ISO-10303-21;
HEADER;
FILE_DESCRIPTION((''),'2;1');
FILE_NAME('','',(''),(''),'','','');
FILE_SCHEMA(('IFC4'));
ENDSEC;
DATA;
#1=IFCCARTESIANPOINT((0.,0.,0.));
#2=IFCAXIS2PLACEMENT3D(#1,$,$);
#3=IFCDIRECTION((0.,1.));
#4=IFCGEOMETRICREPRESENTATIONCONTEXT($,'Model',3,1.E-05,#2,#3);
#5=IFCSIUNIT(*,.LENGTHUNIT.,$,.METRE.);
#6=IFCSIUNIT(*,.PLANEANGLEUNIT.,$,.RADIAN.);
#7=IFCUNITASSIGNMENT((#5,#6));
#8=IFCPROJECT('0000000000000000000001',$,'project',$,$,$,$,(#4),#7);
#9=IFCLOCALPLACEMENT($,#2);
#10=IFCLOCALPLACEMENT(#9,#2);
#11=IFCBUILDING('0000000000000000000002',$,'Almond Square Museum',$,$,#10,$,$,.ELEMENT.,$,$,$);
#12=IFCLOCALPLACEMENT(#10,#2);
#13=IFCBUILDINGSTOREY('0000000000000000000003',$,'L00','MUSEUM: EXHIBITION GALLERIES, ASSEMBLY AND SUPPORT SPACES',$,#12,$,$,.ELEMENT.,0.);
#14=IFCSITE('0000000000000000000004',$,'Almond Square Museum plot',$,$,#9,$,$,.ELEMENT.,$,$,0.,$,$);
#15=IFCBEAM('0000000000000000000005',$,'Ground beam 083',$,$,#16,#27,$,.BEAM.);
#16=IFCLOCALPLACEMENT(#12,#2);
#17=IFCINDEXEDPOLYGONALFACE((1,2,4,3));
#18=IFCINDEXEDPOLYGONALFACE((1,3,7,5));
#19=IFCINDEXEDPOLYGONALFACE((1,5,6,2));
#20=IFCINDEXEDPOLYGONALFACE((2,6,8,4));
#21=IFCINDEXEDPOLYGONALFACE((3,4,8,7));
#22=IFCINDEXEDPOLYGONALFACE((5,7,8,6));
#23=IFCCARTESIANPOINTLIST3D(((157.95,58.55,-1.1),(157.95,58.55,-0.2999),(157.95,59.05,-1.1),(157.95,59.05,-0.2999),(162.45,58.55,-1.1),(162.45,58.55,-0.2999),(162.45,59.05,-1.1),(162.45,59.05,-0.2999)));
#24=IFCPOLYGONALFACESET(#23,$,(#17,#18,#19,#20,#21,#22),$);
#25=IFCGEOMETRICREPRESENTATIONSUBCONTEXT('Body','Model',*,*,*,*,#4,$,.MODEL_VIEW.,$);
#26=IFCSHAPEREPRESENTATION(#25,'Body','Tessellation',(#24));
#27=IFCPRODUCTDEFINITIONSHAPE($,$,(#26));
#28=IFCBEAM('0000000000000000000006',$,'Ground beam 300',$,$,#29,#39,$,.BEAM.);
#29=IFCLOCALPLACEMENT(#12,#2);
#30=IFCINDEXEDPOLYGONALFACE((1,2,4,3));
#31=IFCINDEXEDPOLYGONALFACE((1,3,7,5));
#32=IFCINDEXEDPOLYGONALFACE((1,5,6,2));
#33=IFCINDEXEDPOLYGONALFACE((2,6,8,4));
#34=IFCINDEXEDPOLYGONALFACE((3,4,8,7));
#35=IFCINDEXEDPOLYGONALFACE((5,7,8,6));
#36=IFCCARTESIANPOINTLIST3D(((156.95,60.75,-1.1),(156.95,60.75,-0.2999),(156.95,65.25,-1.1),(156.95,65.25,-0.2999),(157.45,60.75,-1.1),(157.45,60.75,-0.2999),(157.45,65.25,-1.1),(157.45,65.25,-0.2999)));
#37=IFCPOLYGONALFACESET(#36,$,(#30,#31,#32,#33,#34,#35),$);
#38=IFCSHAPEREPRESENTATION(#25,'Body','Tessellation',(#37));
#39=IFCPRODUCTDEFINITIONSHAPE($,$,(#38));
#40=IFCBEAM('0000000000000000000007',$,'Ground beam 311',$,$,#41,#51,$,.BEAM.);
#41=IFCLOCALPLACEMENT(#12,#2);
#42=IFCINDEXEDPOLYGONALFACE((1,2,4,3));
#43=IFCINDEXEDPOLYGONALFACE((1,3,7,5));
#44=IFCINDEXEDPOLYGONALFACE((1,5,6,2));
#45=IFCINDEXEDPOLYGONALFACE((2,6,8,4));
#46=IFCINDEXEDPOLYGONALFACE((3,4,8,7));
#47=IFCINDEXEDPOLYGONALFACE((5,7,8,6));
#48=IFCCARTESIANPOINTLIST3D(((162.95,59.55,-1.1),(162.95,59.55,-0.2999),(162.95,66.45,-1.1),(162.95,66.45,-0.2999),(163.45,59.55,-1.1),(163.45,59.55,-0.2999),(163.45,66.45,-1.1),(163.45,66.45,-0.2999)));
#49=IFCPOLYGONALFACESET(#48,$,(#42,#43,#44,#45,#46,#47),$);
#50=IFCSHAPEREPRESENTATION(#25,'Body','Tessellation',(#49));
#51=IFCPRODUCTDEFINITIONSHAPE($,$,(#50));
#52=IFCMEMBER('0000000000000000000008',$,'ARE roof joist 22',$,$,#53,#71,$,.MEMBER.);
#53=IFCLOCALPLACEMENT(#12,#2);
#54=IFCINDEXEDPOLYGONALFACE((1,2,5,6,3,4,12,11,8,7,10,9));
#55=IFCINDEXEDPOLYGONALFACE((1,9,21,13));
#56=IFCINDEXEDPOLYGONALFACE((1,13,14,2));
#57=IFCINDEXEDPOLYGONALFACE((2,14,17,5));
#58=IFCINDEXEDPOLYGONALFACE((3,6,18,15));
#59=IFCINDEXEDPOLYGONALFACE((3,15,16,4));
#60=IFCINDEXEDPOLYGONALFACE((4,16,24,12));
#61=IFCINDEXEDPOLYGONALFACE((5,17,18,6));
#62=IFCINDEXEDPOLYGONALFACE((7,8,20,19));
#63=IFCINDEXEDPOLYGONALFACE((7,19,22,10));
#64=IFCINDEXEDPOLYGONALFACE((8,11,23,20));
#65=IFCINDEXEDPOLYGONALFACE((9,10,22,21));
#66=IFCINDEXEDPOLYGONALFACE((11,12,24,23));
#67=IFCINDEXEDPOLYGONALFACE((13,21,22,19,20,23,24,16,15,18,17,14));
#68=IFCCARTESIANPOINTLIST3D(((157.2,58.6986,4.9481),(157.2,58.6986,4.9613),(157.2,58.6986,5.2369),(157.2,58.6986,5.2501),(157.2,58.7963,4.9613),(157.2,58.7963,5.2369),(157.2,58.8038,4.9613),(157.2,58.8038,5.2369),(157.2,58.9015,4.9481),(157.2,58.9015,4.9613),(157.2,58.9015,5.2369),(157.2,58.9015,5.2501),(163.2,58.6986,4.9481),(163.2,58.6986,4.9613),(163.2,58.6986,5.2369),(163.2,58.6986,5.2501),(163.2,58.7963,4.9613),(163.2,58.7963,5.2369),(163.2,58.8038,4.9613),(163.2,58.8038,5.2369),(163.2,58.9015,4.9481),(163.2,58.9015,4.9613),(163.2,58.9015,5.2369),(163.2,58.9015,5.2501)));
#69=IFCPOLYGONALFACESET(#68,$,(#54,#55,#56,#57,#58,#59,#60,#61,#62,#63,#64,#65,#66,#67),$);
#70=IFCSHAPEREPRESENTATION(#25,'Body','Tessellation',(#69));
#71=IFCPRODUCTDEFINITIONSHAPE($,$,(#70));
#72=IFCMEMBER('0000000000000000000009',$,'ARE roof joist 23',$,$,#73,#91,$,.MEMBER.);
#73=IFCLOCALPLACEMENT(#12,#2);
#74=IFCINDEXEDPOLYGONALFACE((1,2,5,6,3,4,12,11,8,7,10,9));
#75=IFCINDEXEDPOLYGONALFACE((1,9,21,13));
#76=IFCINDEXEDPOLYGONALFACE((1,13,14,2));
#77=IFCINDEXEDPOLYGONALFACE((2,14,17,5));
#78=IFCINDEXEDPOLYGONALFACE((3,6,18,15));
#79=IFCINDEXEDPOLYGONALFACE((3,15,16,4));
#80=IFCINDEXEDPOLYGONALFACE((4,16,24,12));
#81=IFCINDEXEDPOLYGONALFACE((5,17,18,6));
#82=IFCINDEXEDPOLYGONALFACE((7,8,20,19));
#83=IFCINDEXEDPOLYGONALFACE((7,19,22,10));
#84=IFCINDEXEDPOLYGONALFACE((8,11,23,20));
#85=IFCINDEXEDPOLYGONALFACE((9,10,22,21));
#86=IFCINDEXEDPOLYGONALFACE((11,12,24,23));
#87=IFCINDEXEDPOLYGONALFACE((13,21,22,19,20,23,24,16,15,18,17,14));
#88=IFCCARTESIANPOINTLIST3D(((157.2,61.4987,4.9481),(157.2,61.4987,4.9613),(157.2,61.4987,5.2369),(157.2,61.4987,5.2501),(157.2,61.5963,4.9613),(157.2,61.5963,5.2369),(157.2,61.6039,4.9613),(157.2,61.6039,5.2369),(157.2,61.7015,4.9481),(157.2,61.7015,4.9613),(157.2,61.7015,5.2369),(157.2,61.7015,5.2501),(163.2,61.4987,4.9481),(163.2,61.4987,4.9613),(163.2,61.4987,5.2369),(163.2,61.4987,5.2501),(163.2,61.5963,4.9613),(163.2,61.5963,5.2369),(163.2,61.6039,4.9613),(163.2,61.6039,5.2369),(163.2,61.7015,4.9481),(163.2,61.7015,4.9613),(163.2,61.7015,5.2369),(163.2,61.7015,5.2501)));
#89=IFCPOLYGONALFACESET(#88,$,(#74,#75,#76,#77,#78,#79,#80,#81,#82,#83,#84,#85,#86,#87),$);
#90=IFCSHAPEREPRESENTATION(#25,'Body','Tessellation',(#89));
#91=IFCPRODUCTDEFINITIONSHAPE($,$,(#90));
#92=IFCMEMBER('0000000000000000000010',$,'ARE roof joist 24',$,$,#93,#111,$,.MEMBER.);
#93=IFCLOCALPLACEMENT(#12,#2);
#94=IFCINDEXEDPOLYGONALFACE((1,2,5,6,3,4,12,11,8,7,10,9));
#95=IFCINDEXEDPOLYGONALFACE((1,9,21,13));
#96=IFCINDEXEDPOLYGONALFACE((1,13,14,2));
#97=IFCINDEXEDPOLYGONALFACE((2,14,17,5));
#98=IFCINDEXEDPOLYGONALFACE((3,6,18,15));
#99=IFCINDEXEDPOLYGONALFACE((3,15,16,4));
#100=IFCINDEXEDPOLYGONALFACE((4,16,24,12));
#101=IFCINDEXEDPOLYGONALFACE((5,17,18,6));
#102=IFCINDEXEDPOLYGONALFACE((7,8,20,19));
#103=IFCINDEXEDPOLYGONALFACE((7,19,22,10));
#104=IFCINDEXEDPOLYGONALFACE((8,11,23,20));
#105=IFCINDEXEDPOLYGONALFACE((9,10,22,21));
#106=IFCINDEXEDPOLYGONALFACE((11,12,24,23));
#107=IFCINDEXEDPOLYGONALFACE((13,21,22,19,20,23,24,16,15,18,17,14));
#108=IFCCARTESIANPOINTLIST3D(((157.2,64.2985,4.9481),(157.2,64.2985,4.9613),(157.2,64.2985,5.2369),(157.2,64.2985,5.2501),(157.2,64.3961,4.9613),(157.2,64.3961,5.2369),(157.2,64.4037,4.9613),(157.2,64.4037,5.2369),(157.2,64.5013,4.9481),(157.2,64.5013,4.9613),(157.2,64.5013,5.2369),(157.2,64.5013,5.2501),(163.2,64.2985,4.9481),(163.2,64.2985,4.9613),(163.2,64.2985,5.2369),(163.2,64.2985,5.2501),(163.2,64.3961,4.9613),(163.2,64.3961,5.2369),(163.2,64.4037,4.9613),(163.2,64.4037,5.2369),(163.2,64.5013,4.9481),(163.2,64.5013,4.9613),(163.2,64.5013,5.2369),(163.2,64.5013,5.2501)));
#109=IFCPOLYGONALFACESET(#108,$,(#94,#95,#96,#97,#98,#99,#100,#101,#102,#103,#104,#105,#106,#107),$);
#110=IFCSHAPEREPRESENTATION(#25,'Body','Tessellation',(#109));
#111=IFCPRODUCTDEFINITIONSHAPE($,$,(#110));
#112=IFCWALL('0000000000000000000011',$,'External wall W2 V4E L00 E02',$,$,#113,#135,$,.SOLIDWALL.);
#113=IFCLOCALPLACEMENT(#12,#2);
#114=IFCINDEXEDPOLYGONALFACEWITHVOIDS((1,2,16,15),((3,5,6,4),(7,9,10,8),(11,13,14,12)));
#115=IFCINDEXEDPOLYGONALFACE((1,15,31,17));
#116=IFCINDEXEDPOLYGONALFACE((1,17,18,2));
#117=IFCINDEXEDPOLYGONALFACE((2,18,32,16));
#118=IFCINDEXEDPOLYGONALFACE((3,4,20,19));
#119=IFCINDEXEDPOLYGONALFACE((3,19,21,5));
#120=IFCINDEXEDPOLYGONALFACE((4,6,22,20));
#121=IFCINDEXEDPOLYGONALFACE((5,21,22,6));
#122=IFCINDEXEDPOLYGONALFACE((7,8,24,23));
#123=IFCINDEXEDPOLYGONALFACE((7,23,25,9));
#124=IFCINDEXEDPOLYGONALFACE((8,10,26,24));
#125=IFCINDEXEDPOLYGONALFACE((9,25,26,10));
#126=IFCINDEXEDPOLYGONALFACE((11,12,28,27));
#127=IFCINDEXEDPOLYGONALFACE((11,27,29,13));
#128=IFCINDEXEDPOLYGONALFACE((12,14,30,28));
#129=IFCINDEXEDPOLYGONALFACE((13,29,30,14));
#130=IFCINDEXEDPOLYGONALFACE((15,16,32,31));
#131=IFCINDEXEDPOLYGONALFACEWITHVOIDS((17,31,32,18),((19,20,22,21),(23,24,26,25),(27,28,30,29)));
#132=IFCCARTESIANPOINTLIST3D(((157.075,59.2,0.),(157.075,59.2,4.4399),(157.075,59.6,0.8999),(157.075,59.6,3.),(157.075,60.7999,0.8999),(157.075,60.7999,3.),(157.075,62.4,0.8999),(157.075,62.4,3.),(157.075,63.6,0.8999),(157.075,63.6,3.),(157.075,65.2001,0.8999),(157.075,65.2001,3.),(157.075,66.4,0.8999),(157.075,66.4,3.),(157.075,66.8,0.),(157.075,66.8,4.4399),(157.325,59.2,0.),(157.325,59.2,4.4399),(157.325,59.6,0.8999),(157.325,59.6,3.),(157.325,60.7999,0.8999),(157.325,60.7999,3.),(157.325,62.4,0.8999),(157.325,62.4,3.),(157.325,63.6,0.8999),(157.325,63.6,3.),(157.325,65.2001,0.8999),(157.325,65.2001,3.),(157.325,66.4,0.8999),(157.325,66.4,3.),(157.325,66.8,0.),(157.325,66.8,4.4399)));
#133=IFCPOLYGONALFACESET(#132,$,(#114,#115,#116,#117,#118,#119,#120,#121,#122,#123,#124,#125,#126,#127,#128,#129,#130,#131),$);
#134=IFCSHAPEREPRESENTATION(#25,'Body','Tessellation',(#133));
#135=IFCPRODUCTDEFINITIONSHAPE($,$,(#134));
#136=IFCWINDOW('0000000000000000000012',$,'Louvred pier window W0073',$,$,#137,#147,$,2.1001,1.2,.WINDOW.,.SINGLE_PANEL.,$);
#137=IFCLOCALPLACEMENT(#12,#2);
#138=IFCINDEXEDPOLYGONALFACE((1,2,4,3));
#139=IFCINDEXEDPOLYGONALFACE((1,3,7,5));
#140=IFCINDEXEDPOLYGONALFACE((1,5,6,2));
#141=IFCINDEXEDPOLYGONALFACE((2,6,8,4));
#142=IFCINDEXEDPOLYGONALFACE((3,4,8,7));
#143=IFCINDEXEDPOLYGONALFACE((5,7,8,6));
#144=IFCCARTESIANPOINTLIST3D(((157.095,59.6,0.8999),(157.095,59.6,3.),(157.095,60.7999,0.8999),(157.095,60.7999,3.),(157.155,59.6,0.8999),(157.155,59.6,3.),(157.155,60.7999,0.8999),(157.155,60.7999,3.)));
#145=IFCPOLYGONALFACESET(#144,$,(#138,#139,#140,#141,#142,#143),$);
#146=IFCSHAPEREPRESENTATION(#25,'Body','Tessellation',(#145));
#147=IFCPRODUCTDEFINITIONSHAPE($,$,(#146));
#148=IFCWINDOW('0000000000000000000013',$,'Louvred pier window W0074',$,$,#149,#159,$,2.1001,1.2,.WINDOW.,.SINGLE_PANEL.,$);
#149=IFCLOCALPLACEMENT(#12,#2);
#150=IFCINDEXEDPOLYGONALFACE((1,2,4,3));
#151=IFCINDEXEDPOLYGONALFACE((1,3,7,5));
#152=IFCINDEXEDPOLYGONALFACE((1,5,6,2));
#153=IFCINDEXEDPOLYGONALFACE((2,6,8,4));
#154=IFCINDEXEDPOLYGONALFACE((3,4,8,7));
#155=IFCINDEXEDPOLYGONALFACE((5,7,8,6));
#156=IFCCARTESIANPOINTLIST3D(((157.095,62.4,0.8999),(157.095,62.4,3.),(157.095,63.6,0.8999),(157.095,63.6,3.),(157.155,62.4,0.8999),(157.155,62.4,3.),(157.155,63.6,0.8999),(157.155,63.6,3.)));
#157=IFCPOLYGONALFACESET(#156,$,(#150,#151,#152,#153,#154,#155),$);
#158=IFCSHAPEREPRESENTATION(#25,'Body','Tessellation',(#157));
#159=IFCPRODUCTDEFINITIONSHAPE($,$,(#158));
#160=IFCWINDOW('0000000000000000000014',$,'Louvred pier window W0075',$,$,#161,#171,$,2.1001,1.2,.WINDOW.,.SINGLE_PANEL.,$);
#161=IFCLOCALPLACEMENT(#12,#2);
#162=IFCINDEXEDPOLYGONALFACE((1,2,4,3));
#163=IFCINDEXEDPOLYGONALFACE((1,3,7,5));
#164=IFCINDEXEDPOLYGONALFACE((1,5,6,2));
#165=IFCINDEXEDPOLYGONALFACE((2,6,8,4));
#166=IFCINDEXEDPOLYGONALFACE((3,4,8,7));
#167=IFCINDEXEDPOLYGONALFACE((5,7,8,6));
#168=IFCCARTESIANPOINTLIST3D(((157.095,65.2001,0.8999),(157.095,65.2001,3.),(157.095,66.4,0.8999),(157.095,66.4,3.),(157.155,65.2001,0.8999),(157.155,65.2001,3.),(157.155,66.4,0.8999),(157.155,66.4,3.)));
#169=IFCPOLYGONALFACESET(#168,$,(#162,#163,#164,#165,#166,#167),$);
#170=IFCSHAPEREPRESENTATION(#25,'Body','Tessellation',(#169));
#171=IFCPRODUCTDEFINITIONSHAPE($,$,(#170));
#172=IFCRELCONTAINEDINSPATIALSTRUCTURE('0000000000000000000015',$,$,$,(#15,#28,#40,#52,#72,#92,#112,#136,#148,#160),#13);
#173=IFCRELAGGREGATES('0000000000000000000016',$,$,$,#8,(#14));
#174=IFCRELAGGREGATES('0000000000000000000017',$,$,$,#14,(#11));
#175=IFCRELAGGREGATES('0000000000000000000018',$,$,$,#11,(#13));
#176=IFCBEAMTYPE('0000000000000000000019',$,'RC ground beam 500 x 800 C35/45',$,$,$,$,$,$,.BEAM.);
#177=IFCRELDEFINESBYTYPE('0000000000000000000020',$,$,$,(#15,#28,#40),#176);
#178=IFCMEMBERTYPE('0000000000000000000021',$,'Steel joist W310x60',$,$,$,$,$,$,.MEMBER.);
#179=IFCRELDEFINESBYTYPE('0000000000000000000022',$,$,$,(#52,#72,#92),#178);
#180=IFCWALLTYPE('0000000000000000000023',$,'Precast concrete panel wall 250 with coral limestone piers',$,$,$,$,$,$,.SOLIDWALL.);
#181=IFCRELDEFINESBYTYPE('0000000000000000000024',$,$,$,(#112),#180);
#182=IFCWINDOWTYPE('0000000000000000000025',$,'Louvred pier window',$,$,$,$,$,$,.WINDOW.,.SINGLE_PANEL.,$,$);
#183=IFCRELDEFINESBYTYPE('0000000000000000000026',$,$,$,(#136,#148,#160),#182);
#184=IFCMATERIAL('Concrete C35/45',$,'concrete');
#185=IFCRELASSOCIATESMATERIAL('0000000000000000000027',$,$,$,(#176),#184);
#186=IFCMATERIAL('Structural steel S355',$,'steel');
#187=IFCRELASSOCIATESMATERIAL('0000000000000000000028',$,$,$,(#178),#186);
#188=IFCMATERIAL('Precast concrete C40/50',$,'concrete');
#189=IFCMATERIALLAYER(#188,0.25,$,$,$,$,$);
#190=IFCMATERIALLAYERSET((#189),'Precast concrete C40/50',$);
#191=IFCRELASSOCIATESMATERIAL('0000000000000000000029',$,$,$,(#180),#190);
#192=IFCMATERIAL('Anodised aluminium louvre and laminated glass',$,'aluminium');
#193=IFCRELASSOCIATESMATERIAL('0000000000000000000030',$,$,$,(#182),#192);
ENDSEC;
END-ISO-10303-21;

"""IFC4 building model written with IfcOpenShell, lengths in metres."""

from ifc_helpers import new_model, si_unit, direction, frame, frame_2d, origin, origin_2d, place, context, subcontext, project, spatial, rectangle, i_section, extrude, material, layer, layer_set, material_profile, profile_set, type_object, element, fill, save


model = new_model("IFC4")

# Units and contexts
model_context = context("Model", 3, precision=1e-05, world=origin(), true_north=direction((0.0, 1.0)))
body_context = subcontext(model_context, "Body", "Model", "MODEL_VIEW")
ifc_project = project(units=[si_unit("LENGTHUNIT", "METRE"), si_unit("PLANEANGLEUNIT", "RADIAN")], contexts=[model_context])

# Site, building, storey
site_placement = place(None, origin())
site = spatial("IfcSite", under=ifc_project, at=site_placement, Name="Almond Square Museum plot", CompositionType="ELEMENT", RefElevation=0.0)
building_placement = place(site_placement, origin())
building = spatial("IfcBuilding", under=site, at=building_placement, Name="Almond Square Museum", CompositionType="ELEMENT")
storey_placement = place(building_placement, origin())
storey = spatial("IfcBuildingStorey", under=building, at=storey_placement, Name="L00", Description="MUSEUM: EXHIBITION GALLERIES, ASSEMBLY AND SUPPORT SPACES", CompositionType="ELEMENT", Elevation=0.0)

# Beams
ifc_material_1 = material(Name="Concrete C35/45", Category="concrete")
ifc_material_profile_1 = material_profile(ifc_material_1, rectangle(XDim=0.5, YDim=0.8, at=origin_2d()))
ifc_profile_set_1 = profile_set([ifc_material_profile_1], Name="Concrete C35/45")
beam_type_1 = type_object("IfcBeamType", Name="RC ground beam 500 x 800 C35/45", PredefinedType="BEAM", material=ifc_profile_set_1)
for number, where, z_axis, x_axis, name in (
    (1, (157.95, 58.8, -0.7), (1.0, 0.0, 0.0), (0.0, 1.0, 0.0), "Ground beam 083"),
    (2, (157.2, 60.75, -0.7), (0.0, 1.0, 0.0), (-1.0, 0.0, 0.0), "Ground beam 300"),
):
    element("IfcBeam", number, at=place(storey_placement, frame(where, z_axis=z_axis, x_axis=x_axis)), inside=storey, type_object=beam_type_1, Name=name, PredefinedType="BEAM", context=body_context, shape_type="SweptSolid", body=[
        extrude(rectangle(XDim=0.5, YDim=0.8, at=origin_2d()), origin(), (0.0, 0.0, 1.0), 4.5),
    ])
beam_1_placement = place(storey_placement, frame((163.2, 59.55, -0.7), z_axis=(0.0, 1.0, 0.0), x_axis=(-1.0, 0.0, 0.0)))
element("IfcBeam", 3, at=beam_1_placement, inside=storey, type_object=beam_type_1, Name="Ground beam 311", PredefinedType="BEAM", context=body_context, shape_type="SweptSolid", body=[
    extrude(rectangle(XDim=0.5, YDim=0.8, at=origin_2d()), origin(), (0.0, 0.0, 1.0), 6.8999),
])

# Members
ifc_material_2 = material(Name="Structural steel S355", Category="steel")
ifc_material_profile_2 = material_profile(ifc_material_2, i_section(OverallWidth=0.2029, OverallDepth=0.302, WebThickness=0.0076, FlangeThickness=0.0132, at=origin_2d()))
ifc_profile_set_2 = profile_set([ifc_material_profile_2], Name="Structural steel S355")
member_type = type_object("IfcMemberType", Name="Steel joist W310x60", PredefinedType="MEMBER", material=ifc_profile_set_2)
for number, where, z_axis, x_axis, name in (
    (4, (157.2, 58.8, 5.0991), (1.0, 0.0, 0.0), (0.0, 1.0, 0.0), "ARE roof joist 22"),
    (5, (157.2, 61.6001, 5.0991), (1.0, 0.0, 0.0), (0.0, 1.0, 0.0), "ARE roof joist 23"),
    (6, (157.2, 64.3999, 5.0991), (1.0, 0.0, 0.0), (0.0, 1.0, 0.0), "ARE roof joist 24"),
):
    element("IfcMember", number, at=place(storey_placement, frame(where, z_axis=z_axis, x_axis=x_axis)), inside=storey, type_object=member_type, Name=name, PredefinedType="MEMBER", context=body_context, shape_type="SweptSolid", body=[
        extrude(i_section(OverallWidth=0.2029, OverallDepth=0.302, WebThickness=0.0076, FlangeThickness=0.0132, at=origin_2d()), origin(), (0.0, 0.0, 1.0), 6.0),
    ])

# Wall, openings, windows
ifc_material_3 = material(Name="Precast concrete C40/50", Category="concrete")
ifc_layer_1 = layer(ifc_material_3, 0.25)
ifc_layer_set_1 = layer_set([ifc_layer_1], Name="Precast concrete C40/50")
wall_type_1 = type_object("IfcWallType", Name="Precast concrete panel wall 250 with coral limestone piers", PredefinedType="SOLIDWALL", material=ifc_layer_set_1)
wall_1_placement = place(storey_placement, frame((157.2, 59.2, 0.0), z_axis=(0.0, 0.0, 1.0), x_axis=(0.0, 1.0, 0.0)))
wall_1 = element("IfcWall", 7, at=wall_1_placement, inside=storey, type_object=wall_type_1, Name="External wall W2 V4E L00 E02", PredefinedType="SOLIDWALL", context=body_context, shape_type="SweptSolid", body=[
    extrude(rectangle(XDim=7.6001, YDim=0.25, at=frame_2d((3.8, 0.0))), origin(), (0.0, 0.0, 1.0), 4.4399),
])
opening_1_placement = place(wall_1_placement, frame((0.3999, 0.0, 0.8999)))
opening_1 = element("IfcOpeningElement", 8, at=opening_1_placement, cuts=wall_1, PredefinedType="OPENING", context=body_context, shape_type="SweptSolid", body=[
    extrude(rectangle(XDim=1.2, YDim=2.1001, at=frame_2d((0.6001, 1.05))), frame((0.0, 0.135, 0.0), z_axis=(0.0, -1.0, 0.0), x_axis=(1.0, 0.0, 0.0)), (0.0, 0.0, 1.0), 0.27),
])
opening_2_placement = place(wall_1_placement, frame((3.2, 0.0, 0.8999)))
opening_2 = element("IfcOpeningElement", 9, at=opening_2_placement, cuts=wall_1, PredefinedType="OPENING", context=body_context, shape_type="SweptSolid", body=[
    extrude(rectangle(XDim=1.2, YDim=2.1001, at=frame_2d((0.6001, 1.05))), frame((0.0, 0.135, 0.0), z_axis=(0.0, -1.0, 0.0), x_axis=(1.0, 0.0, 0.0)), (0.0, 0.0, 1.0), 0.27),
])
opening_3_placement = place(wall_1_placement, frame((6.0, 0.0, 0.8999)))
opening_3 = element("IfcOpeningElement", 10, at=opening_3_placement, cuts=wall_1, PredefinedType="OPENING", context=body_context, shape_type="SweptSolid", body=[
    extrude(rectangle(XDim=1.2, YDim=2.1001, at=frame_2d((0.6001, 1.05))), frame((0.0, 0.135, 0.0), z_axis=(0.0, -1.0, 0.0), x_axis=(1.0, 0.0, 0.0)), (0.0, 0.0, 1.0), 0.27),
])
ifc_material_4 = material(Name="Anodised aluminium louvre and laminated glass", Category="aluminium")
window_type = type_object("IfcWindowType", Name="Louvred pier window", PartitioningType="SINGLE_PANEL", PredefinedType="WINDOW", material=ifc_material_4)
window_1_placement = place(opening_1_placement, origin())
window_1 = element("IfcWindow", 11, at=window_1_placement, inside=storey, type_object=window_type, Name="Louvred pier window W0073", OverallHeight=2.1001, OverallWidth=1.2, PartitioningType="SINGLE_PANEL", PredefinedType="WINDOW", context=body_context, shape_type="SweptSolid", body=[
    extrude(rectangle(XDim=1.2, YDim=2.1001, at=frame_2d((0.6001, 1.05))), frame((0.0, 0.105, 0.0), z_axis=(0.0, -1.0, 0.0), x_axis=(1.0, 0.0, 0.0)), (0.0, 0.0, 1.0), 0.0601),
])
fill(opening_1, window_1)
window_2_placement = place(opening_2_placement, origin())
window_2 = element("IfcWindow", 12, at=window_2_placement, inside=storey, type_object=window_type, Name="Louvred pier window W0074", OverallHeight=2.1001, OverallWidth=1.2, PartitioningType="SINGLE_PANEL", PredefinedType="WINDOW", context=body_context, shape_type="SweptSolid", body=[
    extrude(rectangle(XDim=1.2, YDim=2.1001, at=frame_2d((0.6001, 1.05))), frame((0.0, 0.105, 0.0), z_axis=(0.0, -1.0, 0.0), x_axis=(1.0, 0.0, 0.0)), (0.0, 0.0, 1.0), 0.0601),
])
fill(opening_2, window_2)
window_3_placement = place(opening_3_placement, origin())
window_3 = element("IfcWindow", 13, at=window_3_placement, inside=storey, type_object=window_type, Name="Louvred pier window W0075", OverallHeight=2.1001, OverallWidth=1.2, PartitioningType="SINGLE_PANEL", PredefinedType="WINDOW", context=body_context, shape_type="SweptSolid", body=[
    extrude(rectangle(XDim=1.2, YDim=2.1001, at=frame_2d((0.6001, 1.05))), frame((0.0, 0.105, 0.0), z_axis=(0.0, -1.0, 0.0), x_axis=(1.0, 0.0, 0.0)), (0.0, 0.0, 1.0), 0.0601),
])
fill(opening_3, window_3)

save(model, "model.ifc")
